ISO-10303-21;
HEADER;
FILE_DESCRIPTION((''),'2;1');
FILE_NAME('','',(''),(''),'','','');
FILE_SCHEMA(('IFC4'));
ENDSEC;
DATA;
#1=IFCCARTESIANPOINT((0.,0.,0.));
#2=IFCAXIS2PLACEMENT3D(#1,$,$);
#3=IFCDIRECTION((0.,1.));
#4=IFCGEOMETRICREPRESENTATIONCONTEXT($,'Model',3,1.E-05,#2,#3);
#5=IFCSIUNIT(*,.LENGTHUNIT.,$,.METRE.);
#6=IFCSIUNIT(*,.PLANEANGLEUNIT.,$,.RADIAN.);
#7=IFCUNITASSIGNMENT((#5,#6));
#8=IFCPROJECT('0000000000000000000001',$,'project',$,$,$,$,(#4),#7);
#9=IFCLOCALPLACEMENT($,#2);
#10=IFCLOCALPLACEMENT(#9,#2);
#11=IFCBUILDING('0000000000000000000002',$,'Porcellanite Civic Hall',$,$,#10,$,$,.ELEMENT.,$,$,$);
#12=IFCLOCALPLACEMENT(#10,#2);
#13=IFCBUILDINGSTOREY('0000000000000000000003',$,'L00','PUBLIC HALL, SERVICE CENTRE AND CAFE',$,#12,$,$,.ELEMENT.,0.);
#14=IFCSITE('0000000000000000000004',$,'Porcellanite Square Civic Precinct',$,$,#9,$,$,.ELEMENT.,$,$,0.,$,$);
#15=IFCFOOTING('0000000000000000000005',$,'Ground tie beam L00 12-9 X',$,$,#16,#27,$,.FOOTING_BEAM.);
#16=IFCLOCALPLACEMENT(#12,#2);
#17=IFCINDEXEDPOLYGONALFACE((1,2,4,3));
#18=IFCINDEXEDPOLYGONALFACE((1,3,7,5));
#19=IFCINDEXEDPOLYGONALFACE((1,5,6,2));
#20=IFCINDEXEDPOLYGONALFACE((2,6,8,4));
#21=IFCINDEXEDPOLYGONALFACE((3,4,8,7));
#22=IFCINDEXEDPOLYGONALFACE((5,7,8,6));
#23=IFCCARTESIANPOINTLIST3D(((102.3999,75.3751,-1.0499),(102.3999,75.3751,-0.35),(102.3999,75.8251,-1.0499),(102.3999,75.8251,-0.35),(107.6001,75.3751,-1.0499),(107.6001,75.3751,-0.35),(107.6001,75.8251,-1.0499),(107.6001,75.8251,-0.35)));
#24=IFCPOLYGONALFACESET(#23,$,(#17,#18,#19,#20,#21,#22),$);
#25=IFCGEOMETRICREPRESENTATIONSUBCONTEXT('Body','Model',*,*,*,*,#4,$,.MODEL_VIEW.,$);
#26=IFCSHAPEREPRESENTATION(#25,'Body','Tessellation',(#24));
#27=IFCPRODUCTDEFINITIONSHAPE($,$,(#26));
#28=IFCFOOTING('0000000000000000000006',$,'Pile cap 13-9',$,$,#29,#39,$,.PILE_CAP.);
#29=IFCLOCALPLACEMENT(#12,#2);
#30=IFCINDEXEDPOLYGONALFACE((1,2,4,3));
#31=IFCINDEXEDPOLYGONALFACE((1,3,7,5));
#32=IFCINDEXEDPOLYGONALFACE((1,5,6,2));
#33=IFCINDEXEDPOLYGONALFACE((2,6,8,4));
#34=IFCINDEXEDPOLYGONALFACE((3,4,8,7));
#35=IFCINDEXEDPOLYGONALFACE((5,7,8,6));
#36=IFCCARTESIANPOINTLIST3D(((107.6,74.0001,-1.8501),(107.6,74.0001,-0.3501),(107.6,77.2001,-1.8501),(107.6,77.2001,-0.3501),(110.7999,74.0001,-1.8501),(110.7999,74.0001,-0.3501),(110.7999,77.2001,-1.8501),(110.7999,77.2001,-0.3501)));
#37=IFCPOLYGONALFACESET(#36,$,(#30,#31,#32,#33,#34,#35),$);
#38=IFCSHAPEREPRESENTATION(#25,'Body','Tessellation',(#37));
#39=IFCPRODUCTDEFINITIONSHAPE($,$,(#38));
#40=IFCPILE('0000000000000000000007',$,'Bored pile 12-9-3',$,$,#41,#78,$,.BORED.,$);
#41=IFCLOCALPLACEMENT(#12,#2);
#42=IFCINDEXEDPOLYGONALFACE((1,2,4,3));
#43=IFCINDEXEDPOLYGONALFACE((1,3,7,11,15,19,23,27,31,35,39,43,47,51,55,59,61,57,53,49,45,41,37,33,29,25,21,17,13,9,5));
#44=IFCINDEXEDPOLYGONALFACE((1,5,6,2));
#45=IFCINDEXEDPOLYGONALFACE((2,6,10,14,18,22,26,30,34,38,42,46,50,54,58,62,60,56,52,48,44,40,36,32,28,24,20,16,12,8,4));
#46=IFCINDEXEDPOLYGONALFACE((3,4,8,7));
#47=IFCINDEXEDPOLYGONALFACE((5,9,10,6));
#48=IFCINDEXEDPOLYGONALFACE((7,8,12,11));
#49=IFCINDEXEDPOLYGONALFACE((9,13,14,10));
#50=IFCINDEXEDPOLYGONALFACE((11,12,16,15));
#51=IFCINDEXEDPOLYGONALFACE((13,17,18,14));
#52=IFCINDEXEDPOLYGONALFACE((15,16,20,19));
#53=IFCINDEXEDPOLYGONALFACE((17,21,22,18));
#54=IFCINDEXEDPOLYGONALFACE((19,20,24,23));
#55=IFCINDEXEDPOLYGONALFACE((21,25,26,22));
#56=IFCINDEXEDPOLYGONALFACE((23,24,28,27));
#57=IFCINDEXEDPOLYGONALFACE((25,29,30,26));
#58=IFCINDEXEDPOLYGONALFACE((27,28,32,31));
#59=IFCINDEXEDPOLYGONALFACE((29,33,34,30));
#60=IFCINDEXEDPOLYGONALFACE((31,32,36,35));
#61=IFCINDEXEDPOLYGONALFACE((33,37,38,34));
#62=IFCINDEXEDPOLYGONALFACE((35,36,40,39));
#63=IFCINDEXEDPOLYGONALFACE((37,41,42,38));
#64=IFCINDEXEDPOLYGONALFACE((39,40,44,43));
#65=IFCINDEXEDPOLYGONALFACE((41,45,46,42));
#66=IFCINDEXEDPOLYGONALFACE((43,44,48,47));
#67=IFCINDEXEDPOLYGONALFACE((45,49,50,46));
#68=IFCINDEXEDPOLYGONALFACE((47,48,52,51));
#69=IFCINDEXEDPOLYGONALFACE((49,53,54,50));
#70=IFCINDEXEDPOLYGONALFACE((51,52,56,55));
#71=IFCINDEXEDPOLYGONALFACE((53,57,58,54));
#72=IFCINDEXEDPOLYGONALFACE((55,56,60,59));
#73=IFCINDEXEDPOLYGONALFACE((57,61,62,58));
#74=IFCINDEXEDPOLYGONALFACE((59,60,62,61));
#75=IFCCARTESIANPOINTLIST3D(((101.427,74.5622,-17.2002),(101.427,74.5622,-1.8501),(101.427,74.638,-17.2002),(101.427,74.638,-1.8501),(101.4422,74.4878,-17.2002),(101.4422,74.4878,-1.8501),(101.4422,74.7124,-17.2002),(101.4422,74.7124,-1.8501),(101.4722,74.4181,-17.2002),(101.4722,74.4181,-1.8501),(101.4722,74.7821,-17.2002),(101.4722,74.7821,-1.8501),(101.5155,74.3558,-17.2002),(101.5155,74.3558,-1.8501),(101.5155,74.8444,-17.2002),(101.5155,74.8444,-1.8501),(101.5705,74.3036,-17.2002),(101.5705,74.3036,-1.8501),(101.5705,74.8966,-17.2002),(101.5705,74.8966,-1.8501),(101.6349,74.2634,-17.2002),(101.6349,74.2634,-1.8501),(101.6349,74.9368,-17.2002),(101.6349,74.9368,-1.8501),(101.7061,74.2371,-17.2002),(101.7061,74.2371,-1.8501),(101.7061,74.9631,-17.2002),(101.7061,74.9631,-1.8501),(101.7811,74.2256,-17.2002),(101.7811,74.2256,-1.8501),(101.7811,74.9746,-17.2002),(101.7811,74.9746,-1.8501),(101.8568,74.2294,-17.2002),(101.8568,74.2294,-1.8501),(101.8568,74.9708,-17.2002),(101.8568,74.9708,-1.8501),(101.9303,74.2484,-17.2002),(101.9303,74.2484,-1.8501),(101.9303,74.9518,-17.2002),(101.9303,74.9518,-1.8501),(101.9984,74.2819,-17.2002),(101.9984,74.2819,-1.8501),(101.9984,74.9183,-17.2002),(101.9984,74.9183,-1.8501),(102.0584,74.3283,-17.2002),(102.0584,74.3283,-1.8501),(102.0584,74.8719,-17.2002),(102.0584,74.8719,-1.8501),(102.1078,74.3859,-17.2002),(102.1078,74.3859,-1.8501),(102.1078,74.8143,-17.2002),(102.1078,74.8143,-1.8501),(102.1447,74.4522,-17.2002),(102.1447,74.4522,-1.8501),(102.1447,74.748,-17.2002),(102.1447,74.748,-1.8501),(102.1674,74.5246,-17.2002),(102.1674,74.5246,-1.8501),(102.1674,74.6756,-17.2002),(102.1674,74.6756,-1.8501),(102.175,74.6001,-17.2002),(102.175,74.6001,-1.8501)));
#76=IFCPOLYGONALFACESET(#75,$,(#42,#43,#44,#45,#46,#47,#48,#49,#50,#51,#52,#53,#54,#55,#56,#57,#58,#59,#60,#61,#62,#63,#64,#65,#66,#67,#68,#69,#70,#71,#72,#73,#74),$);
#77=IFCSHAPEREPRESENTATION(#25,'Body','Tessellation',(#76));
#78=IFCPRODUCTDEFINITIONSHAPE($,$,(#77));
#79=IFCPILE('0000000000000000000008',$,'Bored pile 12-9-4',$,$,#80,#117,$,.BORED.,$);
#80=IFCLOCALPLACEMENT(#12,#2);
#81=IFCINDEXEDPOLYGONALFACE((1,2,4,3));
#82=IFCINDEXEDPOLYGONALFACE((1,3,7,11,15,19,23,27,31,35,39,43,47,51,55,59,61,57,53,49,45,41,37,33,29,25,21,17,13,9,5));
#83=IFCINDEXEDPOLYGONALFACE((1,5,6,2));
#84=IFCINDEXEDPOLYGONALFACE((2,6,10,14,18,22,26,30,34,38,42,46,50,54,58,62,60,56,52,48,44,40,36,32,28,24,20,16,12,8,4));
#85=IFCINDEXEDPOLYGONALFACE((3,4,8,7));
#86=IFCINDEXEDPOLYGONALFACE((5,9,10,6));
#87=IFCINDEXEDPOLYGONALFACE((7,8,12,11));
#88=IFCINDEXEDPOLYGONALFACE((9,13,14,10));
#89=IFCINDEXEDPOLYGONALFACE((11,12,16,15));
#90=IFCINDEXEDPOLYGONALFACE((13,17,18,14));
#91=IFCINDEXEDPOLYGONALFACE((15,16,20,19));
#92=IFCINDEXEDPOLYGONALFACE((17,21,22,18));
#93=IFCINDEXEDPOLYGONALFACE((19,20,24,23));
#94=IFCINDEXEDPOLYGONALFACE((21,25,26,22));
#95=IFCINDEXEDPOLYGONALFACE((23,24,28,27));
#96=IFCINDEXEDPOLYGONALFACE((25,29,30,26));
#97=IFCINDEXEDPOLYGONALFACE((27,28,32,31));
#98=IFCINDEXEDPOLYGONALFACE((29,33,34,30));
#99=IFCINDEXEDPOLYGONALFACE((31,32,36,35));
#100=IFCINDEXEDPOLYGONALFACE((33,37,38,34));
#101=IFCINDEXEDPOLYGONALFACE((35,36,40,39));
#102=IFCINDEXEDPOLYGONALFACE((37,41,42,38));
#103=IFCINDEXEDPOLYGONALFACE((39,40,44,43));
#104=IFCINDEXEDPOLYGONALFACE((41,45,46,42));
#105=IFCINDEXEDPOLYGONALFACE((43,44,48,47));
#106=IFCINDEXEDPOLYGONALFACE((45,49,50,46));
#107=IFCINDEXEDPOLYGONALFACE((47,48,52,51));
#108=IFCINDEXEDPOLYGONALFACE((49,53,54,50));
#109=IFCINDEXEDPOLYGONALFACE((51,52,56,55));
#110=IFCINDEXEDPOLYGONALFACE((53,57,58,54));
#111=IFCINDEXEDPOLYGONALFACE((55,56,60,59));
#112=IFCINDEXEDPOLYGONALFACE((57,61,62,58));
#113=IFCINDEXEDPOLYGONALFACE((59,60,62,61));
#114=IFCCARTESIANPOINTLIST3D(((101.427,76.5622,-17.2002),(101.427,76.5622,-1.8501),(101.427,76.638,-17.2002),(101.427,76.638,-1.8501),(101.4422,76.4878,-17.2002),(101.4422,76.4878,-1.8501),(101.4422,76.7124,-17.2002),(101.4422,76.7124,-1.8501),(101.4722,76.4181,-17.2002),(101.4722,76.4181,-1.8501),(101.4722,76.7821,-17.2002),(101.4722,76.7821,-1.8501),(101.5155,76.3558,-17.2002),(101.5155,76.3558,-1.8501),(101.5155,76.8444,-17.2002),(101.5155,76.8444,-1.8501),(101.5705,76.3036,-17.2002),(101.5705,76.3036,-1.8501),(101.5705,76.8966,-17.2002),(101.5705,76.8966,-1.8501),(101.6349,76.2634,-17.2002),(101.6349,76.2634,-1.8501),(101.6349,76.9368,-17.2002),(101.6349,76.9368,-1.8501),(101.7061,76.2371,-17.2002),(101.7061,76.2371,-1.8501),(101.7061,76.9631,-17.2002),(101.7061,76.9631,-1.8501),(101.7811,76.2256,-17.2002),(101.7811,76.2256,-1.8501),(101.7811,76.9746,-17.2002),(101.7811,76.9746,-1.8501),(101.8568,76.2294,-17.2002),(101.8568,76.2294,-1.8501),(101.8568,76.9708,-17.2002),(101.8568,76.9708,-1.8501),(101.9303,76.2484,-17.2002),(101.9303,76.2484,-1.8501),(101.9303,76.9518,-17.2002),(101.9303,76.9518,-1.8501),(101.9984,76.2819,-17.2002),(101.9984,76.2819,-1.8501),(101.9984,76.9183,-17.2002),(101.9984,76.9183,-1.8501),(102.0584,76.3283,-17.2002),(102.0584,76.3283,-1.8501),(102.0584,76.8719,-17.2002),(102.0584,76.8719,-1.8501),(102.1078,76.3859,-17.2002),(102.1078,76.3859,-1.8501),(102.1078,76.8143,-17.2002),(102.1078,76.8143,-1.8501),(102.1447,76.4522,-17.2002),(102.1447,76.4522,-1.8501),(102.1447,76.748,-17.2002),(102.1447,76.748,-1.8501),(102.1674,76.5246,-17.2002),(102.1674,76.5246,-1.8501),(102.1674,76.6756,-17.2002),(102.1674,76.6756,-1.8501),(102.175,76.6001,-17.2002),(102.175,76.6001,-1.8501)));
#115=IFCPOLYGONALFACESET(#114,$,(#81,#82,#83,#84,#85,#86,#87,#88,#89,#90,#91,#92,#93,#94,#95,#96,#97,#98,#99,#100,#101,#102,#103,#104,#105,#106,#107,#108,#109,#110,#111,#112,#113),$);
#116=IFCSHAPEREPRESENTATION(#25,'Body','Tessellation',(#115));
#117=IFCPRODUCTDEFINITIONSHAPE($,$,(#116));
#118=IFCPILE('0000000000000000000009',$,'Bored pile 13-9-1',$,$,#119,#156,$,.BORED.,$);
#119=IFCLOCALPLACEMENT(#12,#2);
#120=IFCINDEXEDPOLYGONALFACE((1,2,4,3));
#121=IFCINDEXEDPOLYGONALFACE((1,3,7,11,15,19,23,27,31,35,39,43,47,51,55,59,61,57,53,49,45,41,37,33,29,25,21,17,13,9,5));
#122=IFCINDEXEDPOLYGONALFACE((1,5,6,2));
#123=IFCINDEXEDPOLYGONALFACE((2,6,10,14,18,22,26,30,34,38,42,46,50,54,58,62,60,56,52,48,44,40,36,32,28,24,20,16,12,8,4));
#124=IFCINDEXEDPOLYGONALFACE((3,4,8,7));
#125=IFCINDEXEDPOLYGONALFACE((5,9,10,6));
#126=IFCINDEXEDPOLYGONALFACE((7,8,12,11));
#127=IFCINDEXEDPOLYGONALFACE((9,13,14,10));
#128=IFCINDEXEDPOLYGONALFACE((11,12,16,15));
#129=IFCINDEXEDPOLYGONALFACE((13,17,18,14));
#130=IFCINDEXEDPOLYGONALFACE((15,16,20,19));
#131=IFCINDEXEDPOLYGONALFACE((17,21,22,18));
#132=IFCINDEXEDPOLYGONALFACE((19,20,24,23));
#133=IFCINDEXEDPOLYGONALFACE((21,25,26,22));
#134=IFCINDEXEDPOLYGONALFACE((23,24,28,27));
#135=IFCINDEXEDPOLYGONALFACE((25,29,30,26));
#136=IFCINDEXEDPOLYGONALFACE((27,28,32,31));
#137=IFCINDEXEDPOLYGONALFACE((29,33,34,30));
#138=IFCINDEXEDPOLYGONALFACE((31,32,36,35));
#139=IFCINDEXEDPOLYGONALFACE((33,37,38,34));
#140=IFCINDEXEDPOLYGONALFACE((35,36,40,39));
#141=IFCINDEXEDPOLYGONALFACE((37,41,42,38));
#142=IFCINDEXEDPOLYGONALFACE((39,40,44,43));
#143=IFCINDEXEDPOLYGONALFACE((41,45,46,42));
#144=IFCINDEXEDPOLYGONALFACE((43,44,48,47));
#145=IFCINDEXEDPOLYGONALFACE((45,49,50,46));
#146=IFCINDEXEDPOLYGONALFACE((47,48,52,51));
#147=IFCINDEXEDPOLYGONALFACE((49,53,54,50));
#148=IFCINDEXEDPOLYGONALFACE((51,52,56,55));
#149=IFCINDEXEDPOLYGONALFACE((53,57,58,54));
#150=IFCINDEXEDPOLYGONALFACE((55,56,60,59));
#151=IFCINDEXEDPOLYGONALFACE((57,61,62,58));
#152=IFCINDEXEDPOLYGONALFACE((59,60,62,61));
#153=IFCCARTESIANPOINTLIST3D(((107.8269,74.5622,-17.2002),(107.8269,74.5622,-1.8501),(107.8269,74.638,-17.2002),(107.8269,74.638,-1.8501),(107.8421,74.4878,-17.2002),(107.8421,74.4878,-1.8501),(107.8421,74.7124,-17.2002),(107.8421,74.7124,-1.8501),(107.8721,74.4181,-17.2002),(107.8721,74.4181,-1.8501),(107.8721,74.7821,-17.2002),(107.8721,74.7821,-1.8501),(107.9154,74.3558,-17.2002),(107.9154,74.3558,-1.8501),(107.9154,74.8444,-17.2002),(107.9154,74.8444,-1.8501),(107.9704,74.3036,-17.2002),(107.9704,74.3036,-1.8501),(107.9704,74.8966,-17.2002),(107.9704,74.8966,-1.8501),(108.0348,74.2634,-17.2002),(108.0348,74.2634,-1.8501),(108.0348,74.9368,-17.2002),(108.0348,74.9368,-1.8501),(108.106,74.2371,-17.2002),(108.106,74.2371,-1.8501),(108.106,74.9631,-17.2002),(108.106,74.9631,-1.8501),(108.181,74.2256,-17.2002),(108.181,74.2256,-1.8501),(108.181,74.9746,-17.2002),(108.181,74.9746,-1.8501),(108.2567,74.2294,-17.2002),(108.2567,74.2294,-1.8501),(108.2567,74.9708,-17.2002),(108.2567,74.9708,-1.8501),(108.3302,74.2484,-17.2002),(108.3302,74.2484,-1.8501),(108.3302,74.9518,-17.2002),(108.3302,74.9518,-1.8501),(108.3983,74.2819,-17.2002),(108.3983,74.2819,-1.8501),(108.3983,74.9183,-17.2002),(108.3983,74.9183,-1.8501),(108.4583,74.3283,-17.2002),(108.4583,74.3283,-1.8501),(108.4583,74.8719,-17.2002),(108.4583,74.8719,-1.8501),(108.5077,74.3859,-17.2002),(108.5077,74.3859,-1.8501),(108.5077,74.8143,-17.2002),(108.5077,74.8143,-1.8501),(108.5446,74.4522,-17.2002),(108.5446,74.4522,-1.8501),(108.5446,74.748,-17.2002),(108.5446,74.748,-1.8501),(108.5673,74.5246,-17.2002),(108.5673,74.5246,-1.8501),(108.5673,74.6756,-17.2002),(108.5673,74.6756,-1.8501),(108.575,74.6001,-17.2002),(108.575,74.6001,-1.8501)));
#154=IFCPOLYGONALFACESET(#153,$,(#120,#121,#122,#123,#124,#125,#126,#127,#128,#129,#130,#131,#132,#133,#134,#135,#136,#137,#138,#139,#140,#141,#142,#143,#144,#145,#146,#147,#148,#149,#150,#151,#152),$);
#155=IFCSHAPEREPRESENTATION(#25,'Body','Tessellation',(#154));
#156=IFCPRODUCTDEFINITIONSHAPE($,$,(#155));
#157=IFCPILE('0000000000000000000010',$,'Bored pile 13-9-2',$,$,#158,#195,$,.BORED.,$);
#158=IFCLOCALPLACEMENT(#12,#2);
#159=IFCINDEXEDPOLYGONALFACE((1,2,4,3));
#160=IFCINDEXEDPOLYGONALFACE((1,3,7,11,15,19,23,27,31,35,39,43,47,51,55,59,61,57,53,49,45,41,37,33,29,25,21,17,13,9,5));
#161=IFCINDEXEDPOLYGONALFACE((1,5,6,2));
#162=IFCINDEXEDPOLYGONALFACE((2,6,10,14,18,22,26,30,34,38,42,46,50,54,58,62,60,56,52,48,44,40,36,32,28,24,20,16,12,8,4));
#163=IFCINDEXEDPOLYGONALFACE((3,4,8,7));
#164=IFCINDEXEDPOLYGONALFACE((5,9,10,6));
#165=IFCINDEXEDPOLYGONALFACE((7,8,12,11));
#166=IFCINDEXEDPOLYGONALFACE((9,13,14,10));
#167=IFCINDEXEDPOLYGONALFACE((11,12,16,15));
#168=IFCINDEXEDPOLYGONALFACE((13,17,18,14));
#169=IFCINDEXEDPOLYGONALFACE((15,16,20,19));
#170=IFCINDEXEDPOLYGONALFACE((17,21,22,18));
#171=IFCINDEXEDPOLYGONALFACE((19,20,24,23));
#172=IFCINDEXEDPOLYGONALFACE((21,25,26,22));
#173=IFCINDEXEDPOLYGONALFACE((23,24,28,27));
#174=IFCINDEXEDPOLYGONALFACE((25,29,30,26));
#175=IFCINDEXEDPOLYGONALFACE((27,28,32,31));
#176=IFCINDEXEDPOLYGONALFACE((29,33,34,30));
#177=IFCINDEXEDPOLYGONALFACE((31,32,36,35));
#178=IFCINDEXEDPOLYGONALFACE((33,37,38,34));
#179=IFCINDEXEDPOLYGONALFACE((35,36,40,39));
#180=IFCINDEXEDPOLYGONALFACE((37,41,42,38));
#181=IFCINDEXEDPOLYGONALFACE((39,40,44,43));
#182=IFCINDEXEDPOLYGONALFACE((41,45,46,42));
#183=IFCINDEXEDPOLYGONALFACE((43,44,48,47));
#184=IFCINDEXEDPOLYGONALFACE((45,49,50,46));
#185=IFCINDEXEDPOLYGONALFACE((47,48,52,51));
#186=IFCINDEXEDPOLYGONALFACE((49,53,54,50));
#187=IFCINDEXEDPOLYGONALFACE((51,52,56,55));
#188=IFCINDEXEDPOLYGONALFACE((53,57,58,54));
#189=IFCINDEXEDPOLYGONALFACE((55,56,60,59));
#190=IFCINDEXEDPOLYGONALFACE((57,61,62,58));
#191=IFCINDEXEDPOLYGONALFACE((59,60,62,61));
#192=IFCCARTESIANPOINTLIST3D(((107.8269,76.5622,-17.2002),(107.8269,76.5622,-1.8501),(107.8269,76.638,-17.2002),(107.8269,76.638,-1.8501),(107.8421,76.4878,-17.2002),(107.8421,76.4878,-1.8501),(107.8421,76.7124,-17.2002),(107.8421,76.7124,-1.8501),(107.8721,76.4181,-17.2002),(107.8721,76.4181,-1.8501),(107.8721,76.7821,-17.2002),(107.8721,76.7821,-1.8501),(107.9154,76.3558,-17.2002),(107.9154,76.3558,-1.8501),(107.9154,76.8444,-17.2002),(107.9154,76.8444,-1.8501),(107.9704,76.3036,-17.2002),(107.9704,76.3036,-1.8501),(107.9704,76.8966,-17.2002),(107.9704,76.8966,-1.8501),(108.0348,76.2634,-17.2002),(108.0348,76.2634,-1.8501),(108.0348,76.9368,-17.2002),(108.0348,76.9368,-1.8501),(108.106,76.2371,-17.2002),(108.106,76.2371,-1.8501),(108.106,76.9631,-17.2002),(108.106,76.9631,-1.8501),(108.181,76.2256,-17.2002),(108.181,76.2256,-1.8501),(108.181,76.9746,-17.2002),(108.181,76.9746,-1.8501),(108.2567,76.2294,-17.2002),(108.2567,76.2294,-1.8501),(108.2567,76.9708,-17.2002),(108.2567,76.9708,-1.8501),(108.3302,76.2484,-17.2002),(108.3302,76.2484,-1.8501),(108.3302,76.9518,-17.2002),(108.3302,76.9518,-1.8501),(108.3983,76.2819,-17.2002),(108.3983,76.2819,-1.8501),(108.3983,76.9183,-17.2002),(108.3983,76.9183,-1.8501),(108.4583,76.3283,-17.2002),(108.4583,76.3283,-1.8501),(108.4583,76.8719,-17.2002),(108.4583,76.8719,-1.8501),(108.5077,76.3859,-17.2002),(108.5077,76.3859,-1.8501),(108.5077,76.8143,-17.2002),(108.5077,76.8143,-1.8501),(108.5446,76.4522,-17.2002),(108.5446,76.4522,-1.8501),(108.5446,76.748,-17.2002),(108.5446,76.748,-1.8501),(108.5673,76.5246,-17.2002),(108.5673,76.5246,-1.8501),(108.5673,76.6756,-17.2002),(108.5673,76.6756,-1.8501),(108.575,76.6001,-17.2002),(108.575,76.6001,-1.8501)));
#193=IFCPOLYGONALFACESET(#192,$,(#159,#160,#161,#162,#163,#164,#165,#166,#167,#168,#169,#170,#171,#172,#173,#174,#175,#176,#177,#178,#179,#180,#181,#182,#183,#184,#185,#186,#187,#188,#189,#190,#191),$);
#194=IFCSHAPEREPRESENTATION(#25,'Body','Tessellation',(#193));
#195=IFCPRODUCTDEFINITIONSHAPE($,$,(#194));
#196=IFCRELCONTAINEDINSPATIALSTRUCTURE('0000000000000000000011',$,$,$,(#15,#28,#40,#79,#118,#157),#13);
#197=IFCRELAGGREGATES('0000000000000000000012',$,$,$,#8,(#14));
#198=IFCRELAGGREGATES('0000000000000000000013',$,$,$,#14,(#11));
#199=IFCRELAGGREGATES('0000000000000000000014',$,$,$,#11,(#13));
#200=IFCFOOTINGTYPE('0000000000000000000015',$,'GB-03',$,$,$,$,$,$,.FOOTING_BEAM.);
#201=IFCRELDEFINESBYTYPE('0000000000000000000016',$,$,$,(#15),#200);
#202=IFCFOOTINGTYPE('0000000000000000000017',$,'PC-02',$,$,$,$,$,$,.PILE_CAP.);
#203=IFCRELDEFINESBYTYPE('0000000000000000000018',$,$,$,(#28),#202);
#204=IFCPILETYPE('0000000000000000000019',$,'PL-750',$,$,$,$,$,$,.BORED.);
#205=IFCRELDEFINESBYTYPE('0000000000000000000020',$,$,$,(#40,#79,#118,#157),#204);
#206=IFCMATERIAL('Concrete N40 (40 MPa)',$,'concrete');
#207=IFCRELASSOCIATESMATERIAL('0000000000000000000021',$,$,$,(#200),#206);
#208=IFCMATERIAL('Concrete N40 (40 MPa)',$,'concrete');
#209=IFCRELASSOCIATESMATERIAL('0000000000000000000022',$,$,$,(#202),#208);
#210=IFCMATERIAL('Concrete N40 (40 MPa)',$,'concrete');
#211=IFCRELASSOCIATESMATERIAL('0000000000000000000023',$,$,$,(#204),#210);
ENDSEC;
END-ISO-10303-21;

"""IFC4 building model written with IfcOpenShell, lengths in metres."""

from ifc_helpers import new_model, si_unit, direction, frame, origin, origin_2d, place, context, subcontext, project, spatial, rectangle, circle, extrude, material, material_profile, profile_set, type_object, element, save


model = new_model("IFC4")

# Units and contexts
model_context = context("Model", 3, precision=1e-05, world=origin(), true_north=direction((0.0, 1.0)))
body_context = subcontext(model_context, "Body", "Model", "MODEL_VIEW")
ifc_project = project(units=[si_unit("LENGTHUNIT", "METRE"), si_unit("PLANEANGLEUNIT", "RADIAN")], contexts=[model_context])

# Site, building, storey
site_placement = place(None, origin())
site = spatial("IfcSite", under=ifc_project, at=site_placement, Name="Porcellanite Square Civic Precinct", CompositionType="ELEMENT", RefElevation=0.0)
building_placement = place(site_placement, origin())
building = spatial("IfcBuilding", under=site, at=building_placement, Name="Porcellanite Civic Hall", CompositionType="ELEMENT")
storey_placement = place(building_placement, origin())
storey = spatial("IfcBuildingStorey", under=building, at=storey_placement, Name="L00", Description="PUBLIC HALL, SERVICE CENTRE AND CAFE", CompositionType="ELEMENT", Elevation=0.0)

# Footings
ifc_material_1 = material(Name="Concrete N40 (40 MPa)", Category="concrete")
ifc_material_profile_1 = material_profile(ifc_material_1, rectangle(XDim=0.45, YDim=0.7, at=origin_2d()), Name="RC-450x700")
ifc_profile_set_1 = profile_set([ifc_material_profile_1], Name="Concrete N40 (40 MPa)")
footing_type_1 = type_object("IfcFootingType", Name="GB-03", PredefinedType="FOOTING_BEAM", material=ifc_profile_set_1)
footing_1_placement = place(storey_placement, frame((102.3999, 75.6001, -0.7), z_axis=(1.0, 0.0, 0.0), x_axis=(0.0, 1.0, 0.0)))
element("IfcFooting", 1, at=footing_1_placement, inside=storey, type_object=footing_type_1, Name="Ground tie beam L00 12-9 X", PredefinedType="FOOTING_BEAM", context=body_context, shape_type="SweptSolid", body=[
    extrude(rectangle(XDim=0.45, YDim=0.7, at=origin_2d()), origin(), (0.0, 0.0, 1.0), 5.2002),
])
ifc_material_2 = material(Name="Concrete N40 (40 MPa)", Category="concrete")
footing_type_2 = type_object("IfcFootingType", Name="PC-02", PredefinedType="PILE_CAP", material=ifc_material_2)
footing_2_placement = place(storey_placement, frame((109.2, 75.6001, -1.8501), z_axis=(0.0, 0.0, 1.0), x_axis=(1.0, 0.0, 0.0)))
element("IfcFooting", 2, at=footing_2_placement, inside=storey, type_object=footing_type_2, Name="Pile cap 13-9", PredefinedType="PILE_CAP", context=body_context, shape_type="SweptSolid", body=[
    extrude(rectangle(XDim=3.2, YDim=3.2, at=origin_2d()), origin(), (0.0, 0.0, 1.0), 1.5),
])

# Piles
ifc_material_3 = material(Name="Concrete N40 (40 MPa)", Category="concrete")
ifc_material_profile_2 = material_profile(ifc_material_3, circle(Radius=0.375, at=origin_2d()), Name="PILE-D750")
ifc_profile_set_2 = profile_set([ifc_material_profile_2], Name="Concrete N40 (40 MPa)")
pile_type = type_object("IfcPileType", Name="PL-750", PredefinedType="BORED", material=ifc_profile_set_2)
for number, where, z_axis, x_axis, name in (
    (3, (101.8, 74.6001, -1.8501), (0.0, 0.0, -1.0), (1.0, 0.0, 0.0), "Bored pile 12-9-3"),
    (4, (101.8, 76.6001, -1.8501), (0.0, 0.0, -1.0), (1.0, 0.0, 0.0), "Bored pile 12-9-4"),
    (5, (108.2, 74.6001, -1.8501), (0.0, 0.0, -1.0), (1.0, 0.0, 0.0), "Bored pile 13-9-1"),
    (6, (108.2, 76.6001, -1.8501), (0.0, 0.0, -1.0), (1.0, 0.0, 0.0), "Bored pile 13-9-2"),
):
    element("IfcPile", number, at=place(storey_placement, frame(where, z_axis=z_axis, x_axis=x_axis)), inside=storey, type_object=pile_type, Name=name, PredefinedType="BORED", context=body_context, shape_type="SweptSolid", body=[
        extrude(circle(Radius=0.375, at=origin_2d()), origin(), (0.0, 0.0, 1.0), 15.3501),
    ])

save(model, "model.ifc")
